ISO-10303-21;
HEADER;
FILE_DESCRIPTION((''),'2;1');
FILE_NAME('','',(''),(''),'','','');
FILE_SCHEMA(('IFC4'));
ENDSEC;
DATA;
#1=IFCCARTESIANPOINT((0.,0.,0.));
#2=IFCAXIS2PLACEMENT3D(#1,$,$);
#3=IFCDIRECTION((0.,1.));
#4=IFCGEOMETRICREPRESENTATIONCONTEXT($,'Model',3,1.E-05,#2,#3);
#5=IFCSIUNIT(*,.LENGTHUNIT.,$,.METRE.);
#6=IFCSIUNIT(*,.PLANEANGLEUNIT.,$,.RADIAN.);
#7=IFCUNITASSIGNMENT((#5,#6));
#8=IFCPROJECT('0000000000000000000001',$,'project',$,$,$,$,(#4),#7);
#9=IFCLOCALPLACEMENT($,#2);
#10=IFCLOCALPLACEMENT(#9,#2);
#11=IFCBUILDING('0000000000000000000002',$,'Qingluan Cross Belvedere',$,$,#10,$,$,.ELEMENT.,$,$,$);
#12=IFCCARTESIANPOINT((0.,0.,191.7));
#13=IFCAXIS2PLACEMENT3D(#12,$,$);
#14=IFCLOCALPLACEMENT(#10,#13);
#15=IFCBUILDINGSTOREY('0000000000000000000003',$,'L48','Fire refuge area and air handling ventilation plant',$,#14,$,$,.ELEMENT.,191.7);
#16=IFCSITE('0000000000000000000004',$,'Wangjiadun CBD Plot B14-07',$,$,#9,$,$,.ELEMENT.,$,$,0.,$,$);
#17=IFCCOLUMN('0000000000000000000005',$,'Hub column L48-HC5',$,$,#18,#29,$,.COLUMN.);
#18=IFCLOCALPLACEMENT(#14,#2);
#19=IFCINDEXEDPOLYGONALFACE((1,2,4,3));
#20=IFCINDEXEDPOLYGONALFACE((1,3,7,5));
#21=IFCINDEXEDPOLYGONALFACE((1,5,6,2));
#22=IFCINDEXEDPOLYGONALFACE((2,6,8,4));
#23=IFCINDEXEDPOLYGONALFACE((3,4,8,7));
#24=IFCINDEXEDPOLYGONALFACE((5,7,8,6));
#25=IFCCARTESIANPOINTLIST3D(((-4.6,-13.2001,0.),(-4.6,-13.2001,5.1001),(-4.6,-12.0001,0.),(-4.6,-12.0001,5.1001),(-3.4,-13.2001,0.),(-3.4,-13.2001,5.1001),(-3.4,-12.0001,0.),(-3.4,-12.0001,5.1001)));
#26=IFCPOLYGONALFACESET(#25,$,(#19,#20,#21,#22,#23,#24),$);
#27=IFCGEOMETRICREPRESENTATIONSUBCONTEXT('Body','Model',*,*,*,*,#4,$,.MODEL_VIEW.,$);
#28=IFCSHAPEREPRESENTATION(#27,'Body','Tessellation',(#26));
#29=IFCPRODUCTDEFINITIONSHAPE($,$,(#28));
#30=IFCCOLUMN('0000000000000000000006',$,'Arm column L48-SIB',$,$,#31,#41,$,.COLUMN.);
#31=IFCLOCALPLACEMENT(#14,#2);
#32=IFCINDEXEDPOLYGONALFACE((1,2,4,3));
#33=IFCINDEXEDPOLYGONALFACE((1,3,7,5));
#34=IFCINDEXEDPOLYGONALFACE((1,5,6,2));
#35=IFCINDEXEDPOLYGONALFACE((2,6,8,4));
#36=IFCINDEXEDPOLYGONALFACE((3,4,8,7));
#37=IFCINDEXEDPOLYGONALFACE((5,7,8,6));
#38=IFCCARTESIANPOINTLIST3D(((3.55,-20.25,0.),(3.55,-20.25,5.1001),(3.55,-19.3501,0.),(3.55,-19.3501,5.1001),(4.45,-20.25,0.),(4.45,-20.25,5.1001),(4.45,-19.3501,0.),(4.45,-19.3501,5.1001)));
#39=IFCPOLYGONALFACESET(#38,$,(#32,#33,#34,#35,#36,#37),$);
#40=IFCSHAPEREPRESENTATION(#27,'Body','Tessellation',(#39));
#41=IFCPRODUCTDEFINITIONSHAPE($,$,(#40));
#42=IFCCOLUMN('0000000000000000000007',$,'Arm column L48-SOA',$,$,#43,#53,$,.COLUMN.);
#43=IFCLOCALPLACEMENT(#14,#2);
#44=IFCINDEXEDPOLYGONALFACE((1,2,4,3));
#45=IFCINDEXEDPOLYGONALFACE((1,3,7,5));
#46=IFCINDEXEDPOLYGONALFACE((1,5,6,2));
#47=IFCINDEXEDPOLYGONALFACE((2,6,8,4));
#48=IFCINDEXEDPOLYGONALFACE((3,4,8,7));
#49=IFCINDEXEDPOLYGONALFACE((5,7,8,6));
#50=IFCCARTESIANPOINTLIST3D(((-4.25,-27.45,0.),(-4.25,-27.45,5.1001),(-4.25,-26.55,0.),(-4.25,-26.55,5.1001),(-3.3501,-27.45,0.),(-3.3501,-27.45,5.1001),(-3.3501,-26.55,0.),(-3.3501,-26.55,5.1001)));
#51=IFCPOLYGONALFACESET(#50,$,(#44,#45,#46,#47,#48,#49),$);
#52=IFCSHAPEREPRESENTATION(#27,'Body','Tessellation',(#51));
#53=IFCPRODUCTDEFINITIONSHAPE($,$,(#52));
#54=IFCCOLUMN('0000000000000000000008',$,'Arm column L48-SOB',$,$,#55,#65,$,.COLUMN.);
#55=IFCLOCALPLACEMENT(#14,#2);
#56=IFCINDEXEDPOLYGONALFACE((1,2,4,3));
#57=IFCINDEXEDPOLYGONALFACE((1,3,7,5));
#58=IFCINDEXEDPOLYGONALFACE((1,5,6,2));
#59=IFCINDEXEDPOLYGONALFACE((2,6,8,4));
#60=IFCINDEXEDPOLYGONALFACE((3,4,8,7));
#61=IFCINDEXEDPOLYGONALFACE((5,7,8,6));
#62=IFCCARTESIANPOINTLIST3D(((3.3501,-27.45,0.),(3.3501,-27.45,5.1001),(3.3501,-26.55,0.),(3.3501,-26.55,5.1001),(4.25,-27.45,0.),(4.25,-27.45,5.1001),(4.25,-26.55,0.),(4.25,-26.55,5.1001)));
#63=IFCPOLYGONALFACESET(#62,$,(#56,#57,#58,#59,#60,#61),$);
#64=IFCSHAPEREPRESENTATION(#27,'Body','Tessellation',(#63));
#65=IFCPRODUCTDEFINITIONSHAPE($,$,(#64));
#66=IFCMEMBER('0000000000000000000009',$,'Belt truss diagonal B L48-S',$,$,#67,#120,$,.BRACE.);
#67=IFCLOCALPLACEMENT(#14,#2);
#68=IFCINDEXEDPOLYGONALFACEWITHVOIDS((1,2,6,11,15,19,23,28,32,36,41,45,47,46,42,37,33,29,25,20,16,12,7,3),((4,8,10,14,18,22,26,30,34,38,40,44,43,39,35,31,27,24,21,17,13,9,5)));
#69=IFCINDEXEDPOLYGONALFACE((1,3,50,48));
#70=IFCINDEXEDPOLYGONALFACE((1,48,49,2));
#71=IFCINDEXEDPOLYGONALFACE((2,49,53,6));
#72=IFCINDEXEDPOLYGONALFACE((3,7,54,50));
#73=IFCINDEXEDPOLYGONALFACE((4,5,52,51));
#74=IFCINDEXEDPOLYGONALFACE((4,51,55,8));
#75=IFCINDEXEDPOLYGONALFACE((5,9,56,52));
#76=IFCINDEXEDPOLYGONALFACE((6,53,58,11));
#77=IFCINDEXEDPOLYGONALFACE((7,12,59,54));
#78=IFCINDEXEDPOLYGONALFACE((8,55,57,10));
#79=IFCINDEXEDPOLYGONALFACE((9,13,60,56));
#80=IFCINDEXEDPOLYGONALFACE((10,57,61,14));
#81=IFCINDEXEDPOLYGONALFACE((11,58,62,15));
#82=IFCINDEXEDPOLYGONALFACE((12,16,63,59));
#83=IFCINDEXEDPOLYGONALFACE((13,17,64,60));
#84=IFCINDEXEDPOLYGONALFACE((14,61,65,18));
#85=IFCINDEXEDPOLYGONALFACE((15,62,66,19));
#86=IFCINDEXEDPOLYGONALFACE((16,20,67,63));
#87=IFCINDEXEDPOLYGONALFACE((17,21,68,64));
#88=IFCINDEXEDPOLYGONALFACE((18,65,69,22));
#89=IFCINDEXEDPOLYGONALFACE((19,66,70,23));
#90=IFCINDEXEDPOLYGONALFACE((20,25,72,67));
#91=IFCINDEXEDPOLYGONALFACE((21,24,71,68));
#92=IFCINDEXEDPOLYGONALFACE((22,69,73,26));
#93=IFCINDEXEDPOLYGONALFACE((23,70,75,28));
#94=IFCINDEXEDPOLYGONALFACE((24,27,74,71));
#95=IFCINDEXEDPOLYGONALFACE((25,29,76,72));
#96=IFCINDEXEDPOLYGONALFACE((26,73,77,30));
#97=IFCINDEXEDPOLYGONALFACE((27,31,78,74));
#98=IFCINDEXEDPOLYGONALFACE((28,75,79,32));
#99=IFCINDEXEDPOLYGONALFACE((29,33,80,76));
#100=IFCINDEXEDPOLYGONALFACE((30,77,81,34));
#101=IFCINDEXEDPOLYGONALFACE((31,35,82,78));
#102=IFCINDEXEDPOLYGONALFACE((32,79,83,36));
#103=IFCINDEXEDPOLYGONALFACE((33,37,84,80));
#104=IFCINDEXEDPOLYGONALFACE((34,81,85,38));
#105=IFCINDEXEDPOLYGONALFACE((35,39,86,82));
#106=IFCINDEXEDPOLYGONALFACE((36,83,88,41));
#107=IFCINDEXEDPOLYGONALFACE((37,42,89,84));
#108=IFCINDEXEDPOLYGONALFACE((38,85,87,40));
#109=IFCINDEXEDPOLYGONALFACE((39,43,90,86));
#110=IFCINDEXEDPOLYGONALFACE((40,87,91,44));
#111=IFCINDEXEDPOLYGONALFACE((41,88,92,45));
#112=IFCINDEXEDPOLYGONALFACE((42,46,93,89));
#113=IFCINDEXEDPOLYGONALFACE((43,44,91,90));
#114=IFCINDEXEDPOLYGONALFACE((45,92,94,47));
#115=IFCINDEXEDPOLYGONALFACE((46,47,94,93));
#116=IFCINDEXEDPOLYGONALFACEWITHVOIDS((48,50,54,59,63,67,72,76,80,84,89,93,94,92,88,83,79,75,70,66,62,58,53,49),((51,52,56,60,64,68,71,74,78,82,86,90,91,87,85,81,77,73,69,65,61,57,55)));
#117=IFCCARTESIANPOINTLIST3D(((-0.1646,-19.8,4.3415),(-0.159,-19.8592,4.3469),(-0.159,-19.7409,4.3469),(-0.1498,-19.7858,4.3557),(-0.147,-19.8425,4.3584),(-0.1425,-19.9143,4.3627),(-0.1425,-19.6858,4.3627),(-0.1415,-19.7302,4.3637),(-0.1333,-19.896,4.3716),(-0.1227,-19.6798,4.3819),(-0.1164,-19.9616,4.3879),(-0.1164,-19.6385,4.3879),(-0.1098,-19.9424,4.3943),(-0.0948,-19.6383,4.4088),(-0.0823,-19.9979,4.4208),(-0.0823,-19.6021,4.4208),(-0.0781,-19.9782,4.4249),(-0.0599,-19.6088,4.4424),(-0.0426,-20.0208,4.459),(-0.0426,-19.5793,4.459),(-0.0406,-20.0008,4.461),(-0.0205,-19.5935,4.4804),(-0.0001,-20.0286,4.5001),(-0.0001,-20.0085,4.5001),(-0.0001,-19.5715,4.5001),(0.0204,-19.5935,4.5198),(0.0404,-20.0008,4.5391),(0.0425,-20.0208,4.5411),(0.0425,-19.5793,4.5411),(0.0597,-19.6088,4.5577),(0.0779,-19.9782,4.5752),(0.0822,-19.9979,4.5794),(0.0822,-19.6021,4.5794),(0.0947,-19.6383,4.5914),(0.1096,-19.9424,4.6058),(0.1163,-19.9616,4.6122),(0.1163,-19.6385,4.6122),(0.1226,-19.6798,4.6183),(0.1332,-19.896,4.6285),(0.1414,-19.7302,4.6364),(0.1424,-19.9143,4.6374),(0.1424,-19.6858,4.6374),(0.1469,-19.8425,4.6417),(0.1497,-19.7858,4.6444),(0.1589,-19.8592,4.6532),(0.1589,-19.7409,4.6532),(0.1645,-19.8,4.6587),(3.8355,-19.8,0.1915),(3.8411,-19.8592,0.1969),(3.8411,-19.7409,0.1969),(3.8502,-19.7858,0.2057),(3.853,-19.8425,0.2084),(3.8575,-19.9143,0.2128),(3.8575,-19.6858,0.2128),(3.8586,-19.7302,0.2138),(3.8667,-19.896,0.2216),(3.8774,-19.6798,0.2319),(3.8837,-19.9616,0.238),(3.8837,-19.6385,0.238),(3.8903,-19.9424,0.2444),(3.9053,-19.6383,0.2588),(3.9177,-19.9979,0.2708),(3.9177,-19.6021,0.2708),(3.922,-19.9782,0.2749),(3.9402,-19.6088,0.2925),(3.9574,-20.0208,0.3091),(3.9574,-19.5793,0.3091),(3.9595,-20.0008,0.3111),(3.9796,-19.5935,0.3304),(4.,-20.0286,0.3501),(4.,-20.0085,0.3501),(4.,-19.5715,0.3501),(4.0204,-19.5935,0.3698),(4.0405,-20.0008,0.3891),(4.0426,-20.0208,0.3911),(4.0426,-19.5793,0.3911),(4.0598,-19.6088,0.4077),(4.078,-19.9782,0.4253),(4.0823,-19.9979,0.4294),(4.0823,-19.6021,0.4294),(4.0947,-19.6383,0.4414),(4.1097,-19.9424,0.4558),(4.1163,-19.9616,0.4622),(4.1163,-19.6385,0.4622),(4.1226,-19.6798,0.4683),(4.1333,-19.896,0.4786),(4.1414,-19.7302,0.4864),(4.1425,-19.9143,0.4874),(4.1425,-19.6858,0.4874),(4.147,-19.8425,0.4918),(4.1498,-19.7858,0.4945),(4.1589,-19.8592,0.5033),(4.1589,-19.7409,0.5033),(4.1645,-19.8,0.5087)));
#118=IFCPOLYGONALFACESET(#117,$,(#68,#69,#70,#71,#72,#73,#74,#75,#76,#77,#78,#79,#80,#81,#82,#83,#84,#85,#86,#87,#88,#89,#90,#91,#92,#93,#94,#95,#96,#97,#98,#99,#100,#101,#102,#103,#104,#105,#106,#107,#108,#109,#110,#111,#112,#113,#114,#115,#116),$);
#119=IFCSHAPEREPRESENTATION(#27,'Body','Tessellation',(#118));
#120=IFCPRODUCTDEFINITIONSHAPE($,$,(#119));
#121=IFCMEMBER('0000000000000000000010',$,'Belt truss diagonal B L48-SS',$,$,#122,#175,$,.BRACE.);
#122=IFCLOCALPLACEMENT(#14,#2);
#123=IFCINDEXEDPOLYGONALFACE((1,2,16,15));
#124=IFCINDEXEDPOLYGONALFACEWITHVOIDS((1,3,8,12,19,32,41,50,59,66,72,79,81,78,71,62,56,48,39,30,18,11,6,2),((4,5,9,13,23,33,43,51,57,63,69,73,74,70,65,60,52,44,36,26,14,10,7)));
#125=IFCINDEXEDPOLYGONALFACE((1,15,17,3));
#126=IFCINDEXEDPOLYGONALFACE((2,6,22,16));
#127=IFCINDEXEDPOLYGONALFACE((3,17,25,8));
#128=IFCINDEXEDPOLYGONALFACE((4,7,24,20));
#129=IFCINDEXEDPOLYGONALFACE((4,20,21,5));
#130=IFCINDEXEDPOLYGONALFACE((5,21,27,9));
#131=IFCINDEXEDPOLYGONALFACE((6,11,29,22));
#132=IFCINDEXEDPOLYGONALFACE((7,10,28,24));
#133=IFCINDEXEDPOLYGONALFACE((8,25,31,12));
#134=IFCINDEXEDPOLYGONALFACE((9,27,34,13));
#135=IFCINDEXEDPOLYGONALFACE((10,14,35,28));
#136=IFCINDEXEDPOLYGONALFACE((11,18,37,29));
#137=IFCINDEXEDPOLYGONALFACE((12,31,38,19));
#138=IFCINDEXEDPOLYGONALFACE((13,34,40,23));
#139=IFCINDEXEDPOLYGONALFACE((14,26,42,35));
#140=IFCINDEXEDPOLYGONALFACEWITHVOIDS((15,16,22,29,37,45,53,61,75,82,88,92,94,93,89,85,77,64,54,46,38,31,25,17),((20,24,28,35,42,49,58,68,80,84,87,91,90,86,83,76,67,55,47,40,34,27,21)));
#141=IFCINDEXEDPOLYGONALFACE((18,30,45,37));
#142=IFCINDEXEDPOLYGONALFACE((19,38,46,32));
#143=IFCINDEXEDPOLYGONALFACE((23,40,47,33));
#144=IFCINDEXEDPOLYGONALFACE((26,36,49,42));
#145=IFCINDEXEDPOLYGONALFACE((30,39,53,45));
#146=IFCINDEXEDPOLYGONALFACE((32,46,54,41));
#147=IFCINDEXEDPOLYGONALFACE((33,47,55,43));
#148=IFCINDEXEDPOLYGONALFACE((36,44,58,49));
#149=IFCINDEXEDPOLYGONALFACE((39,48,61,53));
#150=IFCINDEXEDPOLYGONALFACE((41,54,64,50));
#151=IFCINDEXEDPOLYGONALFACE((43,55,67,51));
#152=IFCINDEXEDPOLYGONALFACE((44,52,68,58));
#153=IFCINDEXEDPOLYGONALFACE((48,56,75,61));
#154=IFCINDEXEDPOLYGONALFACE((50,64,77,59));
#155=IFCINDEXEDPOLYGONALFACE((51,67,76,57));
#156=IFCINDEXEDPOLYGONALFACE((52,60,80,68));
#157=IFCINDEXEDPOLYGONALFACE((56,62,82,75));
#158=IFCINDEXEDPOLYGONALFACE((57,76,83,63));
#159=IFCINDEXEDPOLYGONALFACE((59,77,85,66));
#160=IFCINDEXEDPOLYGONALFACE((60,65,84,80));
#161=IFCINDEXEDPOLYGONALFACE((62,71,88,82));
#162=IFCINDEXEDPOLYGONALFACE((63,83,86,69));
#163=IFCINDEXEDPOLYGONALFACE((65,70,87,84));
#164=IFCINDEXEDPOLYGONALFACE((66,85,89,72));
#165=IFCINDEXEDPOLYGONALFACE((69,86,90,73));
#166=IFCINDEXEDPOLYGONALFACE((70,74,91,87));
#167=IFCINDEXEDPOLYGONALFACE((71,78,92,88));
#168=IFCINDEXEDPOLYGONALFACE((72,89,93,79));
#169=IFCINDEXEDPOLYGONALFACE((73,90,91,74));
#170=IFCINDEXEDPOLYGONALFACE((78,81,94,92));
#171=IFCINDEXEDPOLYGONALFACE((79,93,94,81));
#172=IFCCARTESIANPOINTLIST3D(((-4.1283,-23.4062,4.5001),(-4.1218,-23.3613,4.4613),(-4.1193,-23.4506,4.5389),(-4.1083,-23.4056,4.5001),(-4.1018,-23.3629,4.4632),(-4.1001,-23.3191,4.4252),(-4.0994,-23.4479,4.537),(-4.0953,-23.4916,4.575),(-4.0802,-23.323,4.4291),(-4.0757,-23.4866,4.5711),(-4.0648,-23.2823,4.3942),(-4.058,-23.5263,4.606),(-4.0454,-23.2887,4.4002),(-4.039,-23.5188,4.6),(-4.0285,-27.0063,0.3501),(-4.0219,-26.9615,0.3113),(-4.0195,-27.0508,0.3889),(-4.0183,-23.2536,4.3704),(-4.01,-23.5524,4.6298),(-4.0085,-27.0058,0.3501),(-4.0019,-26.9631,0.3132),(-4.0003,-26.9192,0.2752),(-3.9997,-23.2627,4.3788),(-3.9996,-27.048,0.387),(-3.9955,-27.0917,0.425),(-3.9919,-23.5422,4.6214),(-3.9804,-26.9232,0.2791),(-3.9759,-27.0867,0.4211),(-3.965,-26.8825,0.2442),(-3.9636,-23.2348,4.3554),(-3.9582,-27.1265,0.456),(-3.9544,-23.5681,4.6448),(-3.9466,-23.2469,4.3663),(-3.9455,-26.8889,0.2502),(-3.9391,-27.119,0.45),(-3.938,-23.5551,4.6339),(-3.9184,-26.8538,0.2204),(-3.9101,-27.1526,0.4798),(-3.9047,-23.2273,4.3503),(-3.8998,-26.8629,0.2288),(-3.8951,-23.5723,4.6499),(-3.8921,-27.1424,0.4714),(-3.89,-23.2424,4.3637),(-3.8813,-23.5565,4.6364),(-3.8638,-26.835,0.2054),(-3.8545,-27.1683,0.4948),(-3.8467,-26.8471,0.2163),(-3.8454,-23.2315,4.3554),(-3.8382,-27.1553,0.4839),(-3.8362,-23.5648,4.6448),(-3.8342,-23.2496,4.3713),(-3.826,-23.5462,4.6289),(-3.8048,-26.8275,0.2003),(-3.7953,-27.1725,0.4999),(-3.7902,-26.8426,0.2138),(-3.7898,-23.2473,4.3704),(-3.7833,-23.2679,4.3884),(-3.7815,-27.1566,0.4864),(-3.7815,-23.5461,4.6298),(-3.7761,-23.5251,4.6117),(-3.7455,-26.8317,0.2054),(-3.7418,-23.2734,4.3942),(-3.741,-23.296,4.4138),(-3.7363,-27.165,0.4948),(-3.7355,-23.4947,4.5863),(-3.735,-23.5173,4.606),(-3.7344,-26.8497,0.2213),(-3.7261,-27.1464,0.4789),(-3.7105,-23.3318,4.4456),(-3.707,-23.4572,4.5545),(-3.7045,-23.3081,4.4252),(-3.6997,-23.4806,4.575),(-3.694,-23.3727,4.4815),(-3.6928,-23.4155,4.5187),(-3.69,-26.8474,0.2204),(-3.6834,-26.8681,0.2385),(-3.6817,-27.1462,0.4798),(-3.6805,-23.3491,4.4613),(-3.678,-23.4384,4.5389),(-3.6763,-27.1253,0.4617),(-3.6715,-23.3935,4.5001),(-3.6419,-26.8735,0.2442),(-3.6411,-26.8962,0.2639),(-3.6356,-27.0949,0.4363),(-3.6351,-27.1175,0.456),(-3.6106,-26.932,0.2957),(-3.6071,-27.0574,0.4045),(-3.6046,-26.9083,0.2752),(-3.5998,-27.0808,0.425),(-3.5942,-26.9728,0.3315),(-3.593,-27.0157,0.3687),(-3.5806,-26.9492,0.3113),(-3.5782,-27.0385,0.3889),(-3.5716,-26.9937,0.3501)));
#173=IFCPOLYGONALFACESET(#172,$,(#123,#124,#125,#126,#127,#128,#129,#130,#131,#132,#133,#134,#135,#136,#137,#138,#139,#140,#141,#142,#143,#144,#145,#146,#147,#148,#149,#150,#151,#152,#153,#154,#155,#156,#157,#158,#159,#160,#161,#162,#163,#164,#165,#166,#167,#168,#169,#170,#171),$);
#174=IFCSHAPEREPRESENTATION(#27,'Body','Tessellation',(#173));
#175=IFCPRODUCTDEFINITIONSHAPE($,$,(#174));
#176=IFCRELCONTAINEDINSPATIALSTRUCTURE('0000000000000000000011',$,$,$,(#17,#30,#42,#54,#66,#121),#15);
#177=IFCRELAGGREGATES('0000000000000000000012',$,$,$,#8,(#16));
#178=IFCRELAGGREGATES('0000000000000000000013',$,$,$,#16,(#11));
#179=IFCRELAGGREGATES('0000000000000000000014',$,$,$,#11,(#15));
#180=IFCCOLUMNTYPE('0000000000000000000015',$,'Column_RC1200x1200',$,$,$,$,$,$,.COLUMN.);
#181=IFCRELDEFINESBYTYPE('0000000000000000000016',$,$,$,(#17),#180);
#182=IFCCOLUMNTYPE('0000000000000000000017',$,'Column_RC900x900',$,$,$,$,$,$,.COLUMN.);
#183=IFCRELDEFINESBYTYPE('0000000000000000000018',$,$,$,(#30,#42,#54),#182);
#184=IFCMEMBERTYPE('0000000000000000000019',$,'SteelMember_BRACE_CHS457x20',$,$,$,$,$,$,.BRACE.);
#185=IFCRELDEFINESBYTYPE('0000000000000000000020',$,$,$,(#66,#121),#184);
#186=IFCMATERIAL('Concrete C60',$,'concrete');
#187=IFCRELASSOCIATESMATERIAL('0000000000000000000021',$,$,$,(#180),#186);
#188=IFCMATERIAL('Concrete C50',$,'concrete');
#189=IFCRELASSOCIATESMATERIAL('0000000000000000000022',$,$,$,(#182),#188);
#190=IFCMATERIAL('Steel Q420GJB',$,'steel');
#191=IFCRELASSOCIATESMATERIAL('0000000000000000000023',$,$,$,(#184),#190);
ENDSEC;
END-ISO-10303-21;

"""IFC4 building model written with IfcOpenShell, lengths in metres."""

from ifc_helpers import new_model, si_unit, direction, frame, origin, origin_2d, place, context, subcontext, project, spatial, rectangle, hollow_circle, extrude, material, material_profile, profile_set, type_object, element, save


model = new_model("IFC4")

# Units and contexts
model_context = context("Model", 3, precision=1e-05, world=origin(), true_north=direction((0.0, 1.0)))
body_context = subcontext(model_context, "Body", "Model", "MODEL_VIEW")
ifc_project = project(units=[si_unit("LENGTHUNIT", "METRE"), si_unit("PLANEANGLEUNIT", "RADIAN")], contexts=[model_context])

# Site, building, storey
site_placement = place(None, origin())
site = spatial("IfcSite", under=ifc_project, at=site_placement, Name="Wangjiadun CBD Plot B14-07", CompositionType="ELEMENT", RefElevation=0.0)
building_placement = place(site_placement, origin())
building = spatial("IfcBuilding", under=site, at=building_placement, Name="Qingluan Cross Belvedere", CompositionType="ELEMENT")
storey_placement = place(building_placement, frame((0.0, 0.0, 191.7)))
storey = spatial("IfcBuildingStorey", under=building, at=storey_placement, Name="L48", Description="Fire refuge area and air handling ventilation plant", CompositionType="ELEMENT", Elevation=191.7)

# Columns
ifc_material_1 = material(Name="Concrete C60", Category="concrete")
ifc_material_profile_1 = material_profile(ifc_material_1, rectangle(XDim=1.2, YDim=1.2, at=origin_2d()), Name="RC1200x1200")
ifc_profile_set_1 = profile_set([ifc_material_profile_1], Name="Concrete C60")
column_type_1 = type_object("IfcColumnType", Name="Column_RC1200x1200", PredefinedType="COLUMN", material=ifc_profile_set_1)
column_placement = place(storey_placement, frame((-4.0, -12.6001, 0.0), z_axis=(0.0, 0.0, 1.0), x_axis=(1.0, 0.0, 0.0)))
element("IfcColumn", 1, at=column_placement, inside=storey, type_object=column_type_1, Name="Hub column L48-HC5", PredefinedType="COLUMN", context=body_context, shape_type="SweptSolid", body=[
    extrude(rectangle(XDim=1.2, YDim=1.2, at=origin_2d()), origin(), (0.0, 0.0, 1.0), 5.1001),
])
ifc_material_2 = material(Name="Concrete C50", Category="concrete")
ifc_material_profile_2 = material_profile(ifc_material_2, rectangle(XDim=0.8999, YDim=0.8999, at=origin_2d()), Name="RC900x900")
ifc_profile_set_2 = profile_set([ifc_material_profile_2], Name="Concrete C50")
column_type_2 = type_object("IfcColumnType", Name="Column_RC900x900", PredefinedType="COLUMN", material=ifc_profile_set_2)
for number, where, z_axis, x_axis, name in (
    (2, (4.0, -19.8, 0.0), (0.0, 0.0, 1.0), (1.0, 0.0, 0.0), "Arm column L48-SIB"),
    (3, (-3.8, -27.0, 0.0), (0.0, 0.0, 1.0), (1.0, 0.0, 0.0), "Arm column L48-SOA"),
    (4, (3.8, -27.0, 0.0), (0.0, 0.0, 1.0), (1.0, 0.0, 0.0), "Arm column L48-SOB"),
):
    element("IfcColumn", number, at=place(storey_placement, frame(where, z_axis=z_axis, x_axis=x_axis)), inside=storey, type_object=column_type_2, Name=name, PredefinedType="COLUMN", context=body_context, shape_type="SweptSolid", body=[
        extrude(rectangle(XDim=0.8999, YDim=0.8999, at=origin_2d()), origin(), (0.0, 0.0, 1.0), 5.1001),
    ])

# Members
ifc_material_3 = material(Name="Steel Q420GJB", Category="steel")
ifc_material_profile_3 = material_profile(ifc_material_3, hollow_circle(Radius=0.2285, WallThickness=0.02, at=origin_2d()), Name="CHS457x20")
ifc_profile_set_3 = profile_set([ifc_material_profile_3], Name="Steel Q420GJB")
member_type_1 = type_object("IfcMemberType", Name="SteelMember_BRACE_CHS457x20", PredefinedType="BRACE", material=ifc_profile_set_3)
member_1_placement = place(storey_placement, frame((4.0, -19.8, 0.3501), z_axis=(-0.693983, 0.0, 0.719991), x_axis=(0.0, -1.0, 0.0)))
element("IfcMember", 5, at=member_1_placement, inside=storey, type_object=member_type_1, Name="Belt truss diagonal B L48-S", PredefinedType="BRACE", context=body_context, shape_type="SweptSolid", body=[
    extrude(hollow_circle(Radius=0.2285, WallThickness=0.02, at=origin_2d()), origin(), (0.0, 0.0, 1.0), 5.7639),
])
member_2_placement = place(storey_placement, frame((-3.8, -27.0, 0.3501), z_axis=(-0.018173, 0.655188, 0.755248), x_axis=(-0.999616, -0.027726, 0.0)))
element("IfcMember", 6, at=member_2_placement, inside=storey, type_object=member_type_1, Name="Belt truss diagonal B L48-SS", PredefinedType="BRACE", context=body_context, shape_type="SweptSolid", body=[
    extrude(hollow_circle(Radius=0.2285, WallThickness=0.02, at=origin_2d()), origin(), (0.0, 0.0, 1.0), 5.4949),
])

save(model, "model.ifc")
